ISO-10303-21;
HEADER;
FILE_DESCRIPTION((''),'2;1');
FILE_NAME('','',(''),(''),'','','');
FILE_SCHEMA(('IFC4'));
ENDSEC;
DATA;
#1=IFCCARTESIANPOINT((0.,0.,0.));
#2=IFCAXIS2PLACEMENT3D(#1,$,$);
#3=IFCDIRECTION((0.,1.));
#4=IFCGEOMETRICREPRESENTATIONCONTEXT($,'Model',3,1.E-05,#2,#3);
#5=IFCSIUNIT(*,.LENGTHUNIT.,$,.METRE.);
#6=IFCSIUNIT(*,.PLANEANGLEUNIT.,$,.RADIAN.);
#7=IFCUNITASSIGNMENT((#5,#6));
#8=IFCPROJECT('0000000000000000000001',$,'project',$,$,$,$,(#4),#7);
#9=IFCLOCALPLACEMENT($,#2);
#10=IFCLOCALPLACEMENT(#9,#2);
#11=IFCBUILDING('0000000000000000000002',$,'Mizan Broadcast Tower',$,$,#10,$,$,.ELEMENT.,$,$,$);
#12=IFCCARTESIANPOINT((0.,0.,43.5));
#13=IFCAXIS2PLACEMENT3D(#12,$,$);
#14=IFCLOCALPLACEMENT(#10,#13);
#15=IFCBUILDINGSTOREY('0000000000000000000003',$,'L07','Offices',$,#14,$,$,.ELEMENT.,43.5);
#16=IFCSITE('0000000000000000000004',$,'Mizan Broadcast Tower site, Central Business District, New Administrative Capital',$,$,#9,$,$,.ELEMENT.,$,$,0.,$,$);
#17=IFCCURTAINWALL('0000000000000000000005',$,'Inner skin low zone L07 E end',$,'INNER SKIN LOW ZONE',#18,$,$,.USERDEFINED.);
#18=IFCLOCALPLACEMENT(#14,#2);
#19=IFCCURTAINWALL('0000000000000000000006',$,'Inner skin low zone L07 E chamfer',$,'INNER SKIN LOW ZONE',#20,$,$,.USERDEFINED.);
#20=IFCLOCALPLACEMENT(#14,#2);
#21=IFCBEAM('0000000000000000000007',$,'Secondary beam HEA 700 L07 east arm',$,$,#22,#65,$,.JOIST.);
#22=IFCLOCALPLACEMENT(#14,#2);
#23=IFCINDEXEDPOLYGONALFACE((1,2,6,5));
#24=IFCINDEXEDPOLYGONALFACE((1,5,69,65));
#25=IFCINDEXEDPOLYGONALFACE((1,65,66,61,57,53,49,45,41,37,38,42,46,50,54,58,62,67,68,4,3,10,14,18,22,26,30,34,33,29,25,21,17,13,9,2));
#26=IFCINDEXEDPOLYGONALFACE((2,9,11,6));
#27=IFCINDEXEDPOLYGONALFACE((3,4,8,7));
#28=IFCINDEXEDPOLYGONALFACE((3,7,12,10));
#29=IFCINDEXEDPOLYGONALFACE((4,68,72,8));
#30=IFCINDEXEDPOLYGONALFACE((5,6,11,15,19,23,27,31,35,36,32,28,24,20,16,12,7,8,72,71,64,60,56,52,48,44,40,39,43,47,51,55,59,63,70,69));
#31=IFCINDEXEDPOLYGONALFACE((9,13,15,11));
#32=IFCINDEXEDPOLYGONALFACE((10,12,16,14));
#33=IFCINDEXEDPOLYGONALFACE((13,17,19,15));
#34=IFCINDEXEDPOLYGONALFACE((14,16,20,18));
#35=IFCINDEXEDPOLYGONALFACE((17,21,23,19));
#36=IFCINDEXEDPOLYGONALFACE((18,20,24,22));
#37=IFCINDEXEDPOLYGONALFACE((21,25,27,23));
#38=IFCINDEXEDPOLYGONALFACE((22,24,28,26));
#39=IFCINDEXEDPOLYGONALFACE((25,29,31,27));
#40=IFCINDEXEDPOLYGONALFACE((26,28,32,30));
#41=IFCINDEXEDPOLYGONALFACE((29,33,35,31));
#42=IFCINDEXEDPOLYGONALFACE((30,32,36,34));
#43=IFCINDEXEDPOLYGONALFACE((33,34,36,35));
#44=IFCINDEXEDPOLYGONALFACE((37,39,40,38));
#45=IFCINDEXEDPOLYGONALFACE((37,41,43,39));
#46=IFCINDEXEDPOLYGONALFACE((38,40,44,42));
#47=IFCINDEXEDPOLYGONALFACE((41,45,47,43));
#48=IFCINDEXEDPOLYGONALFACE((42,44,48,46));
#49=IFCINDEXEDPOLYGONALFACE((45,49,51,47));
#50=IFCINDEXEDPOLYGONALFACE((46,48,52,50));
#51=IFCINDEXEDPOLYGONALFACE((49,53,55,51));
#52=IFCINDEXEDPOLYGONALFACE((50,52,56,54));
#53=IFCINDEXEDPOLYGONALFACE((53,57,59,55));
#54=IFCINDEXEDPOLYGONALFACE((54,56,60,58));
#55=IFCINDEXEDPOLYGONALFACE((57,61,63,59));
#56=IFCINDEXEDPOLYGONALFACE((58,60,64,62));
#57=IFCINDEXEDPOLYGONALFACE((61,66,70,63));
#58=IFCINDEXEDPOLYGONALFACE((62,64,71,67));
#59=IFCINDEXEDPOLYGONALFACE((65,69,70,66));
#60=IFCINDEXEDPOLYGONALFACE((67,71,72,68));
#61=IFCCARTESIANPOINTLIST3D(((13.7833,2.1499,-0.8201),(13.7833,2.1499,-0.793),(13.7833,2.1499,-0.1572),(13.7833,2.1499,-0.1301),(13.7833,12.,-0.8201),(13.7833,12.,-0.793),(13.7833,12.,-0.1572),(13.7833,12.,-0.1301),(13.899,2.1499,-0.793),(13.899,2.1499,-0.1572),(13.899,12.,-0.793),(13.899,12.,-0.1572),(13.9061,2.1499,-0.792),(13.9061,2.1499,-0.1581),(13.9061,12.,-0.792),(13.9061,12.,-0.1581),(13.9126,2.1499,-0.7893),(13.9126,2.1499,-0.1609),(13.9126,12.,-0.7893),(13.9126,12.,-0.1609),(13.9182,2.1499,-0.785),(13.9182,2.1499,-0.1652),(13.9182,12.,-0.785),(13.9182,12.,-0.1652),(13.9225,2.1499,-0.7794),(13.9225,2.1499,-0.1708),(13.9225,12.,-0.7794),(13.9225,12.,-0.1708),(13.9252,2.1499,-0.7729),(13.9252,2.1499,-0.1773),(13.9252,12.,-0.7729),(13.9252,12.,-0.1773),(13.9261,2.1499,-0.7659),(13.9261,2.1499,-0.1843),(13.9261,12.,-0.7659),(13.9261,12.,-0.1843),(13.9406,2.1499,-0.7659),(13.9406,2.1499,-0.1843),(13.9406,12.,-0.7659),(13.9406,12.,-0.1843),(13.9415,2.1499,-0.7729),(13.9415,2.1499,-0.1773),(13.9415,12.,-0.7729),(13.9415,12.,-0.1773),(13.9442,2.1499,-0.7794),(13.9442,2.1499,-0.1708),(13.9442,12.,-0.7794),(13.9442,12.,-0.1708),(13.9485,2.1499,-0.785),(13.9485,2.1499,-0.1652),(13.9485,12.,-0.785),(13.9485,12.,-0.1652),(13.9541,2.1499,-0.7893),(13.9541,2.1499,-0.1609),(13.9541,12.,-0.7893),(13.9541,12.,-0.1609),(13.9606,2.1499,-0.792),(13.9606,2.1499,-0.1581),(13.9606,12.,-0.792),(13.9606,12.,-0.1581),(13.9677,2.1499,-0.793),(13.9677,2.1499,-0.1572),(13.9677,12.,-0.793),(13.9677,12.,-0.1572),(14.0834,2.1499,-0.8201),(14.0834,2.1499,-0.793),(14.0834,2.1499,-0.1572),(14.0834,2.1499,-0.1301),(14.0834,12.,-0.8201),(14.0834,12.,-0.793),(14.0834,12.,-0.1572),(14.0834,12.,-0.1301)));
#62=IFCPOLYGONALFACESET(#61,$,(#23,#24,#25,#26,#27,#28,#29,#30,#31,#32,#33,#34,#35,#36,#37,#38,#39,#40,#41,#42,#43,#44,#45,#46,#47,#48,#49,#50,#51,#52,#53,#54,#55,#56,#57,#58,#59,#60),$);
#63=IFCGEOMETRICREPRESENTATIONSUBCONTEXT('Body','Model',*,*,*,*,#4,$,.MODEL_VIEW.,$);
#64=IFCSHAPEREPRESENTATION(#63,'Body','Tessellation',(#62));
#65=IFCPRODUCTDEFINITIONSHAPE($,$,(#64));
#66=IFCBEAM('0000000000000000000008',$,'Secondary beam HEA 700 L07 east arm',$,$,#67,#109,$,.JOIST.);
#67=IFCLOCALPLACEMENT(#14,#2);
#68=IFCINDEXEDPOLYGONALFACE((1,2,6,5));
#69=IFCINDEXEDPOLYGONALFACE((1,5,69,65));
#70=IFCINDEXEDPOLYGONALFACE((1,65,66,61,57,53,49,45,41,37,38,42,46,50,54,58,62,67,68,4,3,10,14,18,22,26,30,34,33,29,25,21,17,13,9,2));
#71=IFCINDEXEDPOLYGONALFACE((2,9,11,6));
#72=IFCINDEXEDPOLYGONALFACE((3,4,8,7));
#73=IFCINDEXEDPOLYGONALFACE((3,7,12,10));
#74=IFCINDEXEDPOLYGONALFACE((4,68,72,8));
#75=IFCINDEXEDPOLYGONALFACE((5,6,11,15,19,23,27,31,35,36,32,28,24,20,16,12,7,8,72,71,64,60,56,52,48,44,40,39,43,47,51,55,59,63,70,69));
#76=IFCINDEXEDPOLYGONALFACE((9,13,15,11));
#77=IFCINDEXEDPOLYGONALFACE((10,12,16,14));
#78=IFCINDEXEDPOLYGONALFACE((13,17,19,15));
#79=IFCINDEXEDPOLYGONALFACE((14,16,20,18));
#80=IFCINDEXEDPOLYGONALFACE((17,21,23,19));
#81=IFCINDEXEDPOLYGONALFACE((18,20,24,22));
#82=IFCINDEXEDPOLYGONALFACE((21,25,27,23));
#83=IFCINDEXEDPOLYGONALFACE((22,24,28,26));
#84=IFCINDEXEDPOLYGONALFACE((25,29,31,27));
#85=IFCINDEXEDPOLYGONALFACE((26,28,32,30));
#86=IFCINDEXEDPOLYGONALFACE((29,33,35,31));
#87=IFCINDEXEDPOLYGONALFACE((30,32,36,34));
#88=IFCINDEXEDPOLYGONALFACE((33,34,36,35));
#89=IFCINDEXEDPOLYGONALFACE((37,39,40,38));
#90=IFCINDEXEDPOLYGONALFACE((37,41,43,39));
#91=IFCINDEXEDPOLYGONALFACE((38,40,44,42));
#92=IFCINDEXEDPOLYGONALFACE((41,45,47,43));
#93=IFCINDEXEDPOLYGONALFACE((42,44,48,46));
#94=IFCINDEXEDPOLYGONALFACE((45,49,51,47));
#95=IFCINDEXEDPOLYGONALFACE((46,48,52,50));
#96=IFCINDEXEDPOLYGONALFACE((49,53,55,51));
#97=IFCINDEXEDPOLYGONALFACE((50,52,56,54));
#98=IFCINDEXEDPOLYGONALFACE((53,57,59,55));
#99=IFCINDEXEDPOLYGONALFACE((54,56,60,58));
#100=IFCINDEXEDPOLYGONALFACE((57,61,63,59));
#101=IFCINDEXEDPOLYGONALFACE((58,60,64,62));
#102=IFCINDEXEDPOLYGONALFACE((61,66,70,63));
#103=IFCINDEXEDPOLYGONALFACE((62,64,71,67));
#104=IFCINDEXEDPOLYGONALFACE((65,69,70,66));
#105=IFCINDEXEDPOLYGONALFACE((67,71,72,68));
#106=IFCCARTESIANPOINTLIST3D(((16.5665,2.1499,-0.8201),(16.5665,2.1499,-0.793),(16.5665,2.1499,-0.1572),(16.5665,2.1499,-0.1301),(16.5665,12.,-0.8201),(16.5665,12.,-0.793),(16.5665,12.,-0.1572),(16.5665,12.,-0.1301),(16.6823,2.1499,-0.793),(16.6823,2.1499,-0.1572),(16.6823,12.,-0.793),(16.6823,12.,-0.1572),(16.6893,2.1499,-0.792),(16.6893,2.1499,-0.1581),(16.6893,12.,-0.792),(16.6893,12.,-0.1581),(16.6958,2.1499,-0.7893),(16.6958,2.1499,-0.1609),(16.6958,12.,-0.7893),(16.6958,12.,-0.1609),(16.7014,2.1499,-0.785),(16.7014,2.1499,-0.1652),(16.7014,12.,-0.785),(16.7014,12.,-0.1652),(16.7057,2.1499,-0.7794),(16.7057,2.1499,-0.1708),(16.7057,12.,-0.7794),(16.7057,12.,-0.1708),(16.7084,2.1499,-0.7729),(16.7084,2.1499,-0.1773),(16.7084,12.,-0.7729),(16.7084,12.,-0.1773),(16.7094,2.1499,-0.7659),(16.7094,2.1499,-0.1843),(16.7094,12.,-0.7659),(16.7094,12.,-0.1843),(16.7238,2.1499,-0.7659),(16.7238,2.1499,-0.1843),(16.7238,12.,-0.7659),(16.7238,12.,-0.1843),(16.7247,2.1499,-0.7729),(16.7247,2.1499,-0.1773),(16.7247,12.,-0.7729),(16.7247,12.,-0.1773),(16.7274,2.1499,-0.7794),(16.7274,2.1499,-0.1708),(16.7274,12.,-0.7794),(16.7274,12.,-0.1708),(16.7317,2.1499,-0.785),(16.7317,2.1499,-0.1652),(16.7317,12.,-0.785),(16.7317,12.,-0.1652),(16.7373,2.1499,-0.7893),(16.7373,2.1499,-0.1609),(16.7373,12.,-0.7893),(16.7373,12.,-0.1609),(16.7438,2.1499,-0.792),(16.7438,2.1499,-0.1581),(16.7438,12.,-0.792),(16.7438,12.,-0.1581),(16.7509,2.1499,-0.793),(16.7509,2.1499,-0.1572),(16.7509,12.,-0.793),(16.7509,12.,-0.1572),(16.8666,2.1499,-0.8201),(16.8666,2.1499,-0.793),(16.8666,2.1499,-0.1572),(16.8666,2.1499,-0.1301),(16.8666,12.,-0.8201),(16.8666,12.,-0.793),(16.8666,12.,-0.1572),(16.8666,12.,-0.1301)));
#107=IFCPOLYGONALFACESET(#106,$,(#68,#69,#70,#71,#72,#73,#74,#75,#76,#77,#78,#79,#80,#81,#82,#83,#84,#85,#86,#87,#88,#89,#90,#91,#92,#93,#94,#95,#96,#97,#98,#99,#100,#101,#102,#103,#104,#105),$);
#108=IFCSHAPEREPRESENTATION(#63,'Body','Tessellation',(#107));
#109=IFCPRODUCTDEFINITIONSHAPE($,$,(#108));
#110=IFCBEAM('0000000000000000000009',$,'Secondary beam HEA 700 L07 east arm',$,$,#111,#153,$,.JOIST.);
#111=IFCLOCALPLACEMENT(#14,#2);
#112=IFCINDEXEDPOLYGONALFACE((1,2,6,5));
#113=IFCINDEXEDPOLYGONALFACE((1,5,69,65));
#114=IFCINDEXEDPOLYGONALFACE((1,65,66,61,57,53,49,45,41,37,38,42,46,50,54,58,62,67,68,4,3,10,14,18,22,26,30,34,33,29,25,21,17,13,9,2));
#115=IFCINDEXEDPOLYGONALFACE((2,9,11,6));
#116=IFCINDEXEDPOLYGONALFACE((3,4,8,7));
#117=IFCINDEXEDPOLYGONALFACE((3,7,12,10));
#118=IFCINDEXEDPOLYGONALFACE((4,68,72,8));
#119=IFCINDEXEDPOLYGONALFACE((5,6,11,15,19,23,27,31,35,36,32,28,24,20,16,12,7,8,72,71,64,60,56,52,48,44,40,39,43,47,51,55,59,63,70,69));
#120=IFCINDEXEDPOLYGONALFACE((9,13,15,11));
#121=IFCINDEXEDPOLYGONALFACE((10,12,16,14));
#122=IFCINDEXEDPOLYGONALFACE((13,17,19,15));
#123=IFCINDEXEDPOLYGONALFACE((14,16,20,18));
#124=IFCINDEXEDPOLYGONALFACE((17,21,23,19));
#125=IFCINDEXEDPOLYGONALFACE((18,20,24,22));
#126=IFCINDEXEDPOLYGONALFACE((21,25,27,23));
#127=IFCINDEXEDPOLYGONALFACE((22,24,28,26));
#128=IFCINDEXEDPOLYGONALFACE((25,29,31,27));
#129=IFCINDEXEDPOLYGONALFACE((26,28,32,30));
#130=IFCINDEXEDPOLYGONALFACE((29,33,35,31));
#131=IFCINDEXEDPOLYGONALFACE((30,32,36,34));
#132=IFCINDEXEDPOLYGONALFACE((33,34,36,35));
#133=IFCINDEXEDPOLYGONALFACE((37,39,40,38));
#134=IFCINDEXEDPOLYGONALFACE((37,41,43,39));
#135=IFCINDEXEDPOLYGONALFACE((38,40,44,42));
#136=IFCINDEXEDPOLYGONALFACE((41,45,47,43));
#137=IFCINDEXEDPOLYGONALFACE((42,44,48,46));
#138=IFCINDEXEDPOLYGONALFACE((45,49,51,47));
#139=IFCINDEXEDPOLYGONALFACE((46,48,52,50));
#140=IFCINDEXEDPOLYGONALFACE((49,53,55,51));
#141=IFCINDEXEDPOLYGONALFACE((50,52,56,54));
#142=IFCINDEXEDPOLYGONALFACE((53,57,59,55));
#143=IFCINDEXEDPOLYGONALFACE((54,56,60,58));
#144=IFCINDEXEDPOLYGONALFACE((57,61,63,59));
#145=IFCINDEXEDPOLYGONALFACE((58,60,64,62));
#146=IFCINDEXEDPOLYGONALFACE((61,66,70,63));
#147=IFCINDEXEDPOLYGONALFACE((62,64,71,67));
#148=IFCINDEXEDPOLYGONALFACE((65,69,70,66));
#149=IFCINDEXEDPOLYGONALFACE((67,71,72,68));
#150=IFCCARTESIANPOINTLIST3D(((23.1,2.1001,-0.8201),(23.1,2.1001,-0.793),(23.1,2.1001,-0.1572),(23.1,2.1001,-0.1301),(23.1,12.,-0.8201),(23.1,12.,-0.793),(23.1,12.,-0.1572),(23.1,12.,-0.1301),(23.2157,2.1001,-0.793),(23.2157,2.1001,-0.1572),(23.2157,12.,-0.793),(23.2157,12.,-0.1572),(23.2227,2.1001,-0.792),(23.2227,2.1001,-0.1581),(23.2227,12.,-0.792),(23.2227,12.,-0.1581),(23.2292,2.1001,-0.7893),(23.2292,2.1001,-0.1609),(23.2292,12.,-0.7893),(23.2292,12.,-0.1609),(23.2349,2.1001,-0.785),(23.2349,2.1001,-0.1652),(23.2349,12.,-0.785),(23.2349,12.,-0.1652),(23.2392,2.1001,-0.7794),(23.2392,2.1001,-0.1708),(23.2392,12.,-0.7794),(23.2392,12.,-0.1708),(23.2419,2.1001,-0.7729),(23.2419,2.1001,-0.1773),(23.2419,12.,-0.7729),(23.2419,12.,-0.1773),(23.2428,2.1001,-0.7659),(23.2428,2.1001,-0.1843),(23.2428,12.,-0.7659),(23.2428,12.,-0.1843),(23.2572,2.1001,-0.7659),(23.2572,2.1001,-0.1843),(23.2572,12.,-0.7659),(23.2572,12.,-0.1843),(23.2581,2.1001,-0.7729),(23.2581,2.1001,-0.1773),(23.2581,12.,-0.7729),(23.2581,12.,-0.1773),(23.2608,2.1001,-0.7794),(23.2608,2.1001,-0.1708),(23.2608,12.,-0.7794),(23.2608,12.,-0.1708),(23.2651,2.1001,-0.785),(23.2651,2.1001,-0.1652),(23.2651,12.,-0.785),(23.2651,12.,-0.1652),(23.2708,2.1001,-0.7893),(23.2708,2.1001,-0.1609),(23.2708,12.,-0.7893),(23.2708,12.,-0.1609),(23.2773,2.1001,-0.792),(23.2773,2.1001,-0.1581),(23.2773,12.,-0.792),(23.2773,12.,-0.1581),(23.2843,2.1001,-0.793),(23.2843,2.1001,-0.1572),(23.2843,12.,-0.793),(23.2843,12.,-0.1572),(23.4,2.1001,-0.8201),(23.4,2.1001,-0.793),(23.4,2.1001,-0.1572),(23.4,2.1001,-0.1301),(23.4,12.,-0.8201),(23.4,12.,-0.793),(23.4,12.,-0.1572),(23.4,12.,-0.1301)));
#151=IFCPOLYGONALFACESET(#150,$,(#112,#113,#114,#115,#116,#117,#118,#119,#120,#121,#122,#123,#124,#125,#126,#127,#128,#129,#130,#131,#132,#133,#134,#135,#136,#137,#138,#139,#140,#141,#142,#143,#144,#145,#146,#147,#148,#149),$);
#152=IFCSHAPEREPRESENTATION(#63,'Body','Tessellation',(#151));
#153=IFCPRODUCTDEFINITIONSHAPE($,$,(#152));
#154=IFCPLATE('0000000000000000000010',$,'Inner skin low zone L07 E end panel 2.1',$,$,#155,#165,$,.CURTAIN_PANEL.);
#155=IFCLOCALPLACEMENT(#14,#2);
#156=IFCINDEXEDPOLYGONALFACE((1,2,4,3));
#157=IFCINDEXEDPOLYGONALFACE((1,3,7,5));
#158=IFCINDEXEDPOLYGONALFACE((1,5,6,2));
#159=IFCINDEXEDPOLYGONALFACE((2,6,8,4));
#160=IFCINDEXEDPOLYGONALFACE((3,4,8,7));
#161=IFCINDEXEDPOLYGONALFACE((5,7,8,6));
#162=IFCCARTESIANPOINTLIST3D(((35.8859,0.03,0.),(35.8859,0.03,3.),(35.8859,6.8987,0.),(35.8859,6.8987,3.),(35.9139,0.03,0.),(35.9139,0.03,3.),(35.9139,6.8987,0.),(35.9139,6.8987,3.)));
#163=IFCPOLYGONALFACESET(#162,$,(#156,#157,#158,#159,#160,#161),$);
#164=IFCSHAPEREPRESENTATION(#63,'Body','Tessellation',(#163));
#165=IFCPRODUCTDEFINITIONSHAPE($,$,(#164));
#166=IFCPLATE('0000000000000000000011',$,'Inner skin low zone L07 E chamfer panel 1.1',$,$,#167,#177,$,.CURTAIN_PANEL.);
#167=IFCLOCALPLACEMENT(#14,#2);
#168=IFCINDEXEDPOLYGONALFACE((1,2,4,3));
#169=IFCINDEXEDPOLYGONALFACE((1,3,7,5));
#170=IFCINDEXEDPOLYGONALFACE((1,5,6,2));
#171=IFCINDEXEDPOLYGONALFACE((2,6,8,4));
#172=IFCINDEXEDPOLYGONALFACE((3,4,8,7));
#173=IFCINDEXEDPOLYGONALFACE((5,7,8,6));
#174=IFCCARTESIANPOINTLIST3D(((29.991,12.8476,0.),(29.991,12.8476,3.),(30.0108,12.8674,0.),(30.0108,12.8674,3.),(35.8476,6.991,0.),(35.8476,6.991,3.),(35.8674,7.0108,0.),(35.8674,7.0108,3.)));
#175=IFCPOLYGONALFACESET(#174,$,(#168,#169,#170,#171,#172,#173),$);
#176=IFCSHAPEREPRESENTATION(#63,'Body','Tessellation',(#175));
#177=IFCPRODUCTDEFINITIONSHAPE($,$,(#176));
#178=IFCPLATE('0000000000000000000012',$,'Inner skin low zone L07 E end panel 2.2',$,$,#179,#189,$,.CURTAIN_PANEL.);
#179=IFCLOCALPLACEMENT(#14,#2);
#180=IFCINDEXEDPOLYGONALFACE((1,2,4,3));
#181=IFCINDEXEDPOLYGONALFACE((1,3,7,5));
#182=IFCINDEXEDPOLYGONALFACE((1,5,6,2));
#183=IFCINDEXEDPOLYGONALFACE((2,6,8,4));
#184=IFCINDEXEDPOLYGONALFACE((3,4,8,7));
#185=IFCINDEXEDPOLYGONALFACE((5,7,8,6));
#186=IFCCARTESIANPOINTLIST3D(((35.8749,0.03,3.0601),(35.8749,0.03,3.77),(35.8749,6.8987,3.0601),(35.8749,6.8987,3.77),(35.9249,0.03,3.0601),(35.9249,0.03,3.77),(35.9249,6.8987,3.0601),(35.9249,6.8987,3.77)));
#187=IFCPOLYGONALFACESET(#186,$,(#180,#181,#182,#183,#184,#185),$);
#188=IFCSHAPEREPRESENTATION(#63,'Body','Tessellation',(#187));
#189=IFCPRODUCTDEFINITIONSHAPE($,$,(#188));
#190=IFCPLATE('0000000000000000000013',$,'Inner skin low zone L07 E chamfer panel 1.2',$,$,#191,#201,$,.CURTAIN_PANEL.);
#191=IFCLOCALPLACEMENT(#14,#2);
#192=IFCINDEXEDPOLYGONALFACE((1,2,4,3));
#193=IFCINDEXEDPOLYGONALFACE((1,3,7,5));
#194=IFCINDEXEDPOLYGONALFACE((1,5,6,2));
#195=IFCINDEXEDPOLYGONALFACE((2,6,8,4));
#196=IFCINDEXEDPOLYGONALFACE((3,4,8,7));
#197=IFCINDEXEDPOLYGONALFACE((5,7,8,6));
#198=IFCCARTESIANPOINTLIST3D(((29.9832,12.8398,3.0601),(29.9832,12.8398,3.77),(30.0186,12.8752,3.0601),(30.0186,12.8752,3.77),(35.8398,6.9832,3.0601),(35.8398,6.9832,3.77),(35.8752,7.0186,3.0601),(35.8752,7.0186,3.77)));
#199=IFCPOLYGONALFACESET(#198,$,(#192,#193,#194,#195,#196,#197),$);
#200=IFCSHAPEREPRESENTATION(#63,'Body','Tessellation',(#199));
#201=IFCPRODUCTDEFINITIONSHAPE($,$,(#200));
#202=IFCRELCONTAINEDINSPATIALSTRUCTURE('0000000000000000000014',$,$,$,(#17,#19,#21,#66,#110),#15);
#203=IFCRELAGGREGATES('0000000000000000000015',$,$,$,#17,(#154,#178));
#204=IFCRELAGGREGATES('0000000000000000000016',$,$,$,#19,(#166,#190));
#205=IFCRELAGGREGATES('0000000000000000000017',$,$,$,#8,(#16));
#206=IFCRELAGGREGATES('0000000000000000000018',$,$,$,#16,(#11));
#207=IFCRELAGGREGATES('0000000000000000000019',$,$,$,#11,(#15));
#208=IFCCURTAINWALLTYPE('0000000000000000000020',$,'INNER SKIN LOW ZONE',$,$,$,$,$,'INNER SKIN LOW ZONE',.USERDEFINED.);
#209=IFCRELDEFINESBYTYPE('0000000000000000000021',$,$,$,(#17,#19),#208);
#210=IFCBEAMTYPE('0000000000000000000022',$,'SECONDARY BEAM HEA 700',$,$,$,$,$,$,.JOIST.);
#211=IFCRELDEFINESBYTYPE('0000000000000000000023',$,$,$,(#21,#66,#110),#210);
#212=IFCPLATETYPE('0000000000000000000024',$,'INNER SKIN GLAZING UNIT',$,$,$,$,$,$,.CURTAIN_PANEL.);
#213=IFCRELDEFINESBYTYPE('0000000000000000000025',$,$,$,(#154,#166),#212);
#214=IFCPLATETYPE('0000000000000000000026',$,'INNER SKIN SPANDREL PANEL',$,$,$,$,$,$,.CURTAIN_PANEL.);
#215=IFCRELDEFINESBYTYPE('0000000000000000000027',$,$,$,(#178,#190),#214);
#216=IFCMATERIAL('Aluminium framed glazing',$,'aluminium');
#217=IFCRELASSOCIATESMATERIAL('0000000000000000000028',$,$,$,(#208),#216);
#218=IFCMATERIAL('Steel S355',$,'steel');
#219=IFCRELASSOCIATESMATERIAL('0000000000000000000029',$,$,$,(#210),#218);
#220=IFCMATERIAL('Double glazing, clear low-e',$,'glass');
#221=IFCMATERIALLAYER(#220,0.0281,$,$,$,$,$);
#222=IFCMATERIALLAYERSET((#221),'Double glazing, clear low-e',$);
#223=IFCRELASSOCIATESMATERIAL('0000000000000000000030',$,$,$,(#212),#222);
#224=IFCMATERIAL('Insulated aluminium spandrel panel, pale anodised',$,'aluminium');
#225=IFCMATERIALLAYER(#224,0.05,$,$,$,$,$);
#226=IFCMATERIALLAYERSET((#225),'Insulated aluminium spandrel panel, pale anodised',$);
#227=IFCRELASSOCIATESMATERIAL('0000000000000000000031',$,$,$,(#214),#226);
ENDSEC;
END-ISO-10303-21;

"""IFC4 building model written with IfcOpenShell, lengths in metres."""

from ifc_helpers import new_model, si_unit, direction, frame, origin, origin_2d, place, context, subcontext, project, spatial, rectangle, i_section, extrude, material, layer, layer_set, material_profile, profile_set, type_object, element, aggregate, save


model = new_model("IFC4")

# Units and contexts
model_context = context("Model", 3, precision=1e-05, world=origin(), true_north=direction((0.0, 1.0)))
body_context = subcontext(model_context, "Body", "Model", "MODEL_VIEW")
ifc_project = project(units=[si_unit("LENGTHUNIT", "METRE"), si_unit("PLANEANGLEUNIT", "RADIAN")], contexts=[model_context])

# Site, building, storey
site_placement = place(None, origin())
site = spatial("IfcSite", under=ifc_project, at=site_placement, Name="Mizan Broadcast Tower site, Central Business District, New Administrative Capital", CompositionType="ELEMENT", RefElevation=0.0)
building_placement = place(site_placement, origin())
building = spatial("IfcBuilding", under=site, at=building_placement, Name="Mizan Broadcast Tower", CompositionType="ELEMENT")
storey_placement = place(building_placement, frame((0.0, 0.0, 43.5)))
storey = spatial("IfcBuildingStorey", under=building, at=storey_placement, Name="L07", Description="Offices", CompositionType="ELEMENT", Elevation=43.5)

# Curtain wall
ifc_material_1 = material(Name="Aluminium framed glazing", Category="aluminium")
curtain_wall_type_1 = type_object("IfcCurtainWallType", Name="INNER SKIN LOW ZONE", ElementType="INNER SKIN LOW ZONE", PredefinedType="USERDEFINED", material=ifc_material_1)
curtain_wall_1_placement = place(storey_placement, origin())
curtain_wall_1 = element("IfcCurtainWall", 1, at=curtain_wall_1_placement, inside=storey, type_object=curtain_wall_type_1, Name="Inner skin low zone L07 E end", ObjectType="INNER SKIN LOW ZONE", PredefinedType="USERDEFINED")

# Curtain wall
curtain_wall_2_placement = place(storey_placement, origin())
curtain_wall_2 = element("IfcCurtainWall", 2, at=curtain_wall_2_placement, inside=storey, type_object=curtain_wall_type_1, Name="Inner skin low zone L07 E chamfer", ObjectType="INNER SKIN LOW ZONE", PredefinedType="USERDEFINED")

# Beams
ifc_material_2 = material(Name="Steel S355", Category="steel")
ifc_material_profile_1 = material_profile(ifc_material_2, i_section(OverallWidth=0.3, OverallDepth=0.6899, WebThickness=0.0144, FlangeThickness=0.0271, FilletRadius=0.0271, at=origin_2d()), Name="HEA 700")
ifc_profile_set_1 = profile_set([ifc_material_profile_1], Name="Steel S355")
beam_type_1 = type_object("IfcBeamType", Name="SECONDARY BEAM HEA 700", PredefinedType="JOIST", material=ifc_profile_set_1)
for number, where, z_axis, x_axis, name in (
    (3, (13.9333, 12.0, -0.4751), (0.0, -1.0, 0.0), (1.0, 0.0, 0.0), "Secondary beam HEA 700 L07 east arm"),
    (4, (16.7166, 12.0, -0.4751), (0.0, -1.0, 0.0), (1.0, 0.0, 0.0), "Secondary beam HEA 700 L07 east arm"),
):
    element("IfcBeam", number, at=place(storey_placement, frame(where, z_axis=z_axis, x_axis=x_axis)), inside=storey, type_object=beam_type_1, Name=name, PredefinedType="JOIST", context=body_context, shape_type="SweptSolid", body=[
        extrude(i_section(OverallWidth=0.3, OverallDepth=0.6899, WebThickness=0.0144, FlangeThickness=0.0271, FilletRadius=0.0271, at=origin_2d()), origin(), (0.0, 0.0, 1.0), 9.8501),
    ])
beam_1_placement = place(storey_placement, frame((23.25, 12.0, -0.4751), z_axis=(0.0, -1.0, 0.0), x_axis=(1.0, 0.0, 0.0)))
element("IfcBeam", 5, at=beam_1_placement, inside=storey, type_object=beam_type_1, Name="Secondary beam HEA 700 L07 east arm", PredefinedType="JOIST", context=body_context, shape_type="SweptSolid", body=[
    extrude(i_section(OverallWidth=0.3, OverallDepth=0.6899, WebThickness=0.0144, FlangeThickness=0.0271, FilletRadius=0.0271, at=origin_2d()), origin(), (0.0, 0.0, 1.0), 9.8999),
])

# Plates
ifc_material_3 = material(Name="Double glazing, clear low-e", Category="glass")
ifc_layer_1 = layer(ifc_material_3, 0.0281)
ifc_layer_set_1 = layer_set([ifc_layer_1], Name="Double glazing, clear low-e")
plate_type_1 = type_object("IfcPlateType", Name="INNER SKIN GLAZING UNIT", PredefinedType="CURTAIN_PANEL", material=ifc_layer_set_1)
plate_1_placement = place(storey_placement, frame((35.8999, 3.4644, 0.0), z_axis=(0.0, 0.0, 1.0), x_axis=(0.0, 1.0, 0.0)))
plate_1 = element("IfcPlate", 6, at=plate_1_placement, type_object=plate_type_1, Name="Inner skin low zone L07 E end panel 2.1", PredefinedType="CURTAIN_PANEL", context=body_context, shape_type="SweptSolid", body=[
    extrude(rectangle(XDim=6.8687, YDim=0.0281, at=origin_2d()), origin(), (0.0, 0.0, 1.0), 3.0),
])
plate_2_placement = place(storey_placement, frame((32.9292, 9.9292, 0.0), z_axis=(0.0, 0.0, 1.0), x_axis=(-0.707107, 0.707107, 0.0)))
plate_2 = element("IfcPlate", 7, at=plate_2_placement, type_object=plate_type_1, Name="Inner skin low zone L07 E chamfer panel 1.1", PredefinedType="CURTAIN_PANEL", context=body_context, shape_type="SweptSolid", body=[
    extrude(rectangle(XDim=8.2825, YDim=0.0281, at=origin_2d()), origin(), (0.0, 0.0, 1.0), 3.0),
])
ifc_material_4 = material(Name="Insulated aluminium spandrel panel, pale anodised", Category="aluminium")
ifc_layer_2 = layer(ifc_material_4, 0.05)
ifc_layer_set_2 = layer_set([ifc_layer_2], Name="Insulated aluminium spandrel panel, pale anodised")
plate_type_2 = type_object("IfcPlateType", Name="INNER SKIN SPANDREL PANEL", PredefinedType="CURTAIN_PANEL", material=ifc_layer_set_2)
plate_3_placement = place(storey_placement, frame((35.8999, 3.4644, 3.0601), z_axis=(0.0, 0.0, 1.0), x_axis=(0.0, 1.0, 0.0)))
plate_3 = element("IfcPlate", 8, at=plate_3_placement, type_object=plate_type_2, Name="Inner skin low zone L07 E end panel 2.2", PredefinedType="CURTAIN_PANEL", context=body_context, shape_type="SweptSolid", body=[
    extrude(rectangle(XDim=6.8687, YDim=0.05, at=origin_2d()), origin(), (0.0, 0.0, 1.0), 0.71),
])
aggregate(curtain_wall_1, [plate_1, plate_3])
plate_4_placement = place(storey_placement, frame((32.9292, 9.9292, 3.0601), z_axis=(0.0, 0.0, 1.0), x_axis=(-0.707107, 0.707107, 0.0)))
plate_4 = element("IfcPlate", 9, at=plate_4_placement, type_object=plate_type_2, Name="Inner skin low zone L07 E chamfer panel 1.2", PredefinedType="CURTAIN_PANEL", context=body_context, shape_type="SweptSolid", body=[
    extrude(rectangle(XDim=8.2825, YDim=0.05, at=origin_2d()), origin(), (0.0, 0.0, 1.0), 0.71),
])
aggregate(curtain_wall_2, [plate_2, plate_4])

save(model, "model.ifc")
